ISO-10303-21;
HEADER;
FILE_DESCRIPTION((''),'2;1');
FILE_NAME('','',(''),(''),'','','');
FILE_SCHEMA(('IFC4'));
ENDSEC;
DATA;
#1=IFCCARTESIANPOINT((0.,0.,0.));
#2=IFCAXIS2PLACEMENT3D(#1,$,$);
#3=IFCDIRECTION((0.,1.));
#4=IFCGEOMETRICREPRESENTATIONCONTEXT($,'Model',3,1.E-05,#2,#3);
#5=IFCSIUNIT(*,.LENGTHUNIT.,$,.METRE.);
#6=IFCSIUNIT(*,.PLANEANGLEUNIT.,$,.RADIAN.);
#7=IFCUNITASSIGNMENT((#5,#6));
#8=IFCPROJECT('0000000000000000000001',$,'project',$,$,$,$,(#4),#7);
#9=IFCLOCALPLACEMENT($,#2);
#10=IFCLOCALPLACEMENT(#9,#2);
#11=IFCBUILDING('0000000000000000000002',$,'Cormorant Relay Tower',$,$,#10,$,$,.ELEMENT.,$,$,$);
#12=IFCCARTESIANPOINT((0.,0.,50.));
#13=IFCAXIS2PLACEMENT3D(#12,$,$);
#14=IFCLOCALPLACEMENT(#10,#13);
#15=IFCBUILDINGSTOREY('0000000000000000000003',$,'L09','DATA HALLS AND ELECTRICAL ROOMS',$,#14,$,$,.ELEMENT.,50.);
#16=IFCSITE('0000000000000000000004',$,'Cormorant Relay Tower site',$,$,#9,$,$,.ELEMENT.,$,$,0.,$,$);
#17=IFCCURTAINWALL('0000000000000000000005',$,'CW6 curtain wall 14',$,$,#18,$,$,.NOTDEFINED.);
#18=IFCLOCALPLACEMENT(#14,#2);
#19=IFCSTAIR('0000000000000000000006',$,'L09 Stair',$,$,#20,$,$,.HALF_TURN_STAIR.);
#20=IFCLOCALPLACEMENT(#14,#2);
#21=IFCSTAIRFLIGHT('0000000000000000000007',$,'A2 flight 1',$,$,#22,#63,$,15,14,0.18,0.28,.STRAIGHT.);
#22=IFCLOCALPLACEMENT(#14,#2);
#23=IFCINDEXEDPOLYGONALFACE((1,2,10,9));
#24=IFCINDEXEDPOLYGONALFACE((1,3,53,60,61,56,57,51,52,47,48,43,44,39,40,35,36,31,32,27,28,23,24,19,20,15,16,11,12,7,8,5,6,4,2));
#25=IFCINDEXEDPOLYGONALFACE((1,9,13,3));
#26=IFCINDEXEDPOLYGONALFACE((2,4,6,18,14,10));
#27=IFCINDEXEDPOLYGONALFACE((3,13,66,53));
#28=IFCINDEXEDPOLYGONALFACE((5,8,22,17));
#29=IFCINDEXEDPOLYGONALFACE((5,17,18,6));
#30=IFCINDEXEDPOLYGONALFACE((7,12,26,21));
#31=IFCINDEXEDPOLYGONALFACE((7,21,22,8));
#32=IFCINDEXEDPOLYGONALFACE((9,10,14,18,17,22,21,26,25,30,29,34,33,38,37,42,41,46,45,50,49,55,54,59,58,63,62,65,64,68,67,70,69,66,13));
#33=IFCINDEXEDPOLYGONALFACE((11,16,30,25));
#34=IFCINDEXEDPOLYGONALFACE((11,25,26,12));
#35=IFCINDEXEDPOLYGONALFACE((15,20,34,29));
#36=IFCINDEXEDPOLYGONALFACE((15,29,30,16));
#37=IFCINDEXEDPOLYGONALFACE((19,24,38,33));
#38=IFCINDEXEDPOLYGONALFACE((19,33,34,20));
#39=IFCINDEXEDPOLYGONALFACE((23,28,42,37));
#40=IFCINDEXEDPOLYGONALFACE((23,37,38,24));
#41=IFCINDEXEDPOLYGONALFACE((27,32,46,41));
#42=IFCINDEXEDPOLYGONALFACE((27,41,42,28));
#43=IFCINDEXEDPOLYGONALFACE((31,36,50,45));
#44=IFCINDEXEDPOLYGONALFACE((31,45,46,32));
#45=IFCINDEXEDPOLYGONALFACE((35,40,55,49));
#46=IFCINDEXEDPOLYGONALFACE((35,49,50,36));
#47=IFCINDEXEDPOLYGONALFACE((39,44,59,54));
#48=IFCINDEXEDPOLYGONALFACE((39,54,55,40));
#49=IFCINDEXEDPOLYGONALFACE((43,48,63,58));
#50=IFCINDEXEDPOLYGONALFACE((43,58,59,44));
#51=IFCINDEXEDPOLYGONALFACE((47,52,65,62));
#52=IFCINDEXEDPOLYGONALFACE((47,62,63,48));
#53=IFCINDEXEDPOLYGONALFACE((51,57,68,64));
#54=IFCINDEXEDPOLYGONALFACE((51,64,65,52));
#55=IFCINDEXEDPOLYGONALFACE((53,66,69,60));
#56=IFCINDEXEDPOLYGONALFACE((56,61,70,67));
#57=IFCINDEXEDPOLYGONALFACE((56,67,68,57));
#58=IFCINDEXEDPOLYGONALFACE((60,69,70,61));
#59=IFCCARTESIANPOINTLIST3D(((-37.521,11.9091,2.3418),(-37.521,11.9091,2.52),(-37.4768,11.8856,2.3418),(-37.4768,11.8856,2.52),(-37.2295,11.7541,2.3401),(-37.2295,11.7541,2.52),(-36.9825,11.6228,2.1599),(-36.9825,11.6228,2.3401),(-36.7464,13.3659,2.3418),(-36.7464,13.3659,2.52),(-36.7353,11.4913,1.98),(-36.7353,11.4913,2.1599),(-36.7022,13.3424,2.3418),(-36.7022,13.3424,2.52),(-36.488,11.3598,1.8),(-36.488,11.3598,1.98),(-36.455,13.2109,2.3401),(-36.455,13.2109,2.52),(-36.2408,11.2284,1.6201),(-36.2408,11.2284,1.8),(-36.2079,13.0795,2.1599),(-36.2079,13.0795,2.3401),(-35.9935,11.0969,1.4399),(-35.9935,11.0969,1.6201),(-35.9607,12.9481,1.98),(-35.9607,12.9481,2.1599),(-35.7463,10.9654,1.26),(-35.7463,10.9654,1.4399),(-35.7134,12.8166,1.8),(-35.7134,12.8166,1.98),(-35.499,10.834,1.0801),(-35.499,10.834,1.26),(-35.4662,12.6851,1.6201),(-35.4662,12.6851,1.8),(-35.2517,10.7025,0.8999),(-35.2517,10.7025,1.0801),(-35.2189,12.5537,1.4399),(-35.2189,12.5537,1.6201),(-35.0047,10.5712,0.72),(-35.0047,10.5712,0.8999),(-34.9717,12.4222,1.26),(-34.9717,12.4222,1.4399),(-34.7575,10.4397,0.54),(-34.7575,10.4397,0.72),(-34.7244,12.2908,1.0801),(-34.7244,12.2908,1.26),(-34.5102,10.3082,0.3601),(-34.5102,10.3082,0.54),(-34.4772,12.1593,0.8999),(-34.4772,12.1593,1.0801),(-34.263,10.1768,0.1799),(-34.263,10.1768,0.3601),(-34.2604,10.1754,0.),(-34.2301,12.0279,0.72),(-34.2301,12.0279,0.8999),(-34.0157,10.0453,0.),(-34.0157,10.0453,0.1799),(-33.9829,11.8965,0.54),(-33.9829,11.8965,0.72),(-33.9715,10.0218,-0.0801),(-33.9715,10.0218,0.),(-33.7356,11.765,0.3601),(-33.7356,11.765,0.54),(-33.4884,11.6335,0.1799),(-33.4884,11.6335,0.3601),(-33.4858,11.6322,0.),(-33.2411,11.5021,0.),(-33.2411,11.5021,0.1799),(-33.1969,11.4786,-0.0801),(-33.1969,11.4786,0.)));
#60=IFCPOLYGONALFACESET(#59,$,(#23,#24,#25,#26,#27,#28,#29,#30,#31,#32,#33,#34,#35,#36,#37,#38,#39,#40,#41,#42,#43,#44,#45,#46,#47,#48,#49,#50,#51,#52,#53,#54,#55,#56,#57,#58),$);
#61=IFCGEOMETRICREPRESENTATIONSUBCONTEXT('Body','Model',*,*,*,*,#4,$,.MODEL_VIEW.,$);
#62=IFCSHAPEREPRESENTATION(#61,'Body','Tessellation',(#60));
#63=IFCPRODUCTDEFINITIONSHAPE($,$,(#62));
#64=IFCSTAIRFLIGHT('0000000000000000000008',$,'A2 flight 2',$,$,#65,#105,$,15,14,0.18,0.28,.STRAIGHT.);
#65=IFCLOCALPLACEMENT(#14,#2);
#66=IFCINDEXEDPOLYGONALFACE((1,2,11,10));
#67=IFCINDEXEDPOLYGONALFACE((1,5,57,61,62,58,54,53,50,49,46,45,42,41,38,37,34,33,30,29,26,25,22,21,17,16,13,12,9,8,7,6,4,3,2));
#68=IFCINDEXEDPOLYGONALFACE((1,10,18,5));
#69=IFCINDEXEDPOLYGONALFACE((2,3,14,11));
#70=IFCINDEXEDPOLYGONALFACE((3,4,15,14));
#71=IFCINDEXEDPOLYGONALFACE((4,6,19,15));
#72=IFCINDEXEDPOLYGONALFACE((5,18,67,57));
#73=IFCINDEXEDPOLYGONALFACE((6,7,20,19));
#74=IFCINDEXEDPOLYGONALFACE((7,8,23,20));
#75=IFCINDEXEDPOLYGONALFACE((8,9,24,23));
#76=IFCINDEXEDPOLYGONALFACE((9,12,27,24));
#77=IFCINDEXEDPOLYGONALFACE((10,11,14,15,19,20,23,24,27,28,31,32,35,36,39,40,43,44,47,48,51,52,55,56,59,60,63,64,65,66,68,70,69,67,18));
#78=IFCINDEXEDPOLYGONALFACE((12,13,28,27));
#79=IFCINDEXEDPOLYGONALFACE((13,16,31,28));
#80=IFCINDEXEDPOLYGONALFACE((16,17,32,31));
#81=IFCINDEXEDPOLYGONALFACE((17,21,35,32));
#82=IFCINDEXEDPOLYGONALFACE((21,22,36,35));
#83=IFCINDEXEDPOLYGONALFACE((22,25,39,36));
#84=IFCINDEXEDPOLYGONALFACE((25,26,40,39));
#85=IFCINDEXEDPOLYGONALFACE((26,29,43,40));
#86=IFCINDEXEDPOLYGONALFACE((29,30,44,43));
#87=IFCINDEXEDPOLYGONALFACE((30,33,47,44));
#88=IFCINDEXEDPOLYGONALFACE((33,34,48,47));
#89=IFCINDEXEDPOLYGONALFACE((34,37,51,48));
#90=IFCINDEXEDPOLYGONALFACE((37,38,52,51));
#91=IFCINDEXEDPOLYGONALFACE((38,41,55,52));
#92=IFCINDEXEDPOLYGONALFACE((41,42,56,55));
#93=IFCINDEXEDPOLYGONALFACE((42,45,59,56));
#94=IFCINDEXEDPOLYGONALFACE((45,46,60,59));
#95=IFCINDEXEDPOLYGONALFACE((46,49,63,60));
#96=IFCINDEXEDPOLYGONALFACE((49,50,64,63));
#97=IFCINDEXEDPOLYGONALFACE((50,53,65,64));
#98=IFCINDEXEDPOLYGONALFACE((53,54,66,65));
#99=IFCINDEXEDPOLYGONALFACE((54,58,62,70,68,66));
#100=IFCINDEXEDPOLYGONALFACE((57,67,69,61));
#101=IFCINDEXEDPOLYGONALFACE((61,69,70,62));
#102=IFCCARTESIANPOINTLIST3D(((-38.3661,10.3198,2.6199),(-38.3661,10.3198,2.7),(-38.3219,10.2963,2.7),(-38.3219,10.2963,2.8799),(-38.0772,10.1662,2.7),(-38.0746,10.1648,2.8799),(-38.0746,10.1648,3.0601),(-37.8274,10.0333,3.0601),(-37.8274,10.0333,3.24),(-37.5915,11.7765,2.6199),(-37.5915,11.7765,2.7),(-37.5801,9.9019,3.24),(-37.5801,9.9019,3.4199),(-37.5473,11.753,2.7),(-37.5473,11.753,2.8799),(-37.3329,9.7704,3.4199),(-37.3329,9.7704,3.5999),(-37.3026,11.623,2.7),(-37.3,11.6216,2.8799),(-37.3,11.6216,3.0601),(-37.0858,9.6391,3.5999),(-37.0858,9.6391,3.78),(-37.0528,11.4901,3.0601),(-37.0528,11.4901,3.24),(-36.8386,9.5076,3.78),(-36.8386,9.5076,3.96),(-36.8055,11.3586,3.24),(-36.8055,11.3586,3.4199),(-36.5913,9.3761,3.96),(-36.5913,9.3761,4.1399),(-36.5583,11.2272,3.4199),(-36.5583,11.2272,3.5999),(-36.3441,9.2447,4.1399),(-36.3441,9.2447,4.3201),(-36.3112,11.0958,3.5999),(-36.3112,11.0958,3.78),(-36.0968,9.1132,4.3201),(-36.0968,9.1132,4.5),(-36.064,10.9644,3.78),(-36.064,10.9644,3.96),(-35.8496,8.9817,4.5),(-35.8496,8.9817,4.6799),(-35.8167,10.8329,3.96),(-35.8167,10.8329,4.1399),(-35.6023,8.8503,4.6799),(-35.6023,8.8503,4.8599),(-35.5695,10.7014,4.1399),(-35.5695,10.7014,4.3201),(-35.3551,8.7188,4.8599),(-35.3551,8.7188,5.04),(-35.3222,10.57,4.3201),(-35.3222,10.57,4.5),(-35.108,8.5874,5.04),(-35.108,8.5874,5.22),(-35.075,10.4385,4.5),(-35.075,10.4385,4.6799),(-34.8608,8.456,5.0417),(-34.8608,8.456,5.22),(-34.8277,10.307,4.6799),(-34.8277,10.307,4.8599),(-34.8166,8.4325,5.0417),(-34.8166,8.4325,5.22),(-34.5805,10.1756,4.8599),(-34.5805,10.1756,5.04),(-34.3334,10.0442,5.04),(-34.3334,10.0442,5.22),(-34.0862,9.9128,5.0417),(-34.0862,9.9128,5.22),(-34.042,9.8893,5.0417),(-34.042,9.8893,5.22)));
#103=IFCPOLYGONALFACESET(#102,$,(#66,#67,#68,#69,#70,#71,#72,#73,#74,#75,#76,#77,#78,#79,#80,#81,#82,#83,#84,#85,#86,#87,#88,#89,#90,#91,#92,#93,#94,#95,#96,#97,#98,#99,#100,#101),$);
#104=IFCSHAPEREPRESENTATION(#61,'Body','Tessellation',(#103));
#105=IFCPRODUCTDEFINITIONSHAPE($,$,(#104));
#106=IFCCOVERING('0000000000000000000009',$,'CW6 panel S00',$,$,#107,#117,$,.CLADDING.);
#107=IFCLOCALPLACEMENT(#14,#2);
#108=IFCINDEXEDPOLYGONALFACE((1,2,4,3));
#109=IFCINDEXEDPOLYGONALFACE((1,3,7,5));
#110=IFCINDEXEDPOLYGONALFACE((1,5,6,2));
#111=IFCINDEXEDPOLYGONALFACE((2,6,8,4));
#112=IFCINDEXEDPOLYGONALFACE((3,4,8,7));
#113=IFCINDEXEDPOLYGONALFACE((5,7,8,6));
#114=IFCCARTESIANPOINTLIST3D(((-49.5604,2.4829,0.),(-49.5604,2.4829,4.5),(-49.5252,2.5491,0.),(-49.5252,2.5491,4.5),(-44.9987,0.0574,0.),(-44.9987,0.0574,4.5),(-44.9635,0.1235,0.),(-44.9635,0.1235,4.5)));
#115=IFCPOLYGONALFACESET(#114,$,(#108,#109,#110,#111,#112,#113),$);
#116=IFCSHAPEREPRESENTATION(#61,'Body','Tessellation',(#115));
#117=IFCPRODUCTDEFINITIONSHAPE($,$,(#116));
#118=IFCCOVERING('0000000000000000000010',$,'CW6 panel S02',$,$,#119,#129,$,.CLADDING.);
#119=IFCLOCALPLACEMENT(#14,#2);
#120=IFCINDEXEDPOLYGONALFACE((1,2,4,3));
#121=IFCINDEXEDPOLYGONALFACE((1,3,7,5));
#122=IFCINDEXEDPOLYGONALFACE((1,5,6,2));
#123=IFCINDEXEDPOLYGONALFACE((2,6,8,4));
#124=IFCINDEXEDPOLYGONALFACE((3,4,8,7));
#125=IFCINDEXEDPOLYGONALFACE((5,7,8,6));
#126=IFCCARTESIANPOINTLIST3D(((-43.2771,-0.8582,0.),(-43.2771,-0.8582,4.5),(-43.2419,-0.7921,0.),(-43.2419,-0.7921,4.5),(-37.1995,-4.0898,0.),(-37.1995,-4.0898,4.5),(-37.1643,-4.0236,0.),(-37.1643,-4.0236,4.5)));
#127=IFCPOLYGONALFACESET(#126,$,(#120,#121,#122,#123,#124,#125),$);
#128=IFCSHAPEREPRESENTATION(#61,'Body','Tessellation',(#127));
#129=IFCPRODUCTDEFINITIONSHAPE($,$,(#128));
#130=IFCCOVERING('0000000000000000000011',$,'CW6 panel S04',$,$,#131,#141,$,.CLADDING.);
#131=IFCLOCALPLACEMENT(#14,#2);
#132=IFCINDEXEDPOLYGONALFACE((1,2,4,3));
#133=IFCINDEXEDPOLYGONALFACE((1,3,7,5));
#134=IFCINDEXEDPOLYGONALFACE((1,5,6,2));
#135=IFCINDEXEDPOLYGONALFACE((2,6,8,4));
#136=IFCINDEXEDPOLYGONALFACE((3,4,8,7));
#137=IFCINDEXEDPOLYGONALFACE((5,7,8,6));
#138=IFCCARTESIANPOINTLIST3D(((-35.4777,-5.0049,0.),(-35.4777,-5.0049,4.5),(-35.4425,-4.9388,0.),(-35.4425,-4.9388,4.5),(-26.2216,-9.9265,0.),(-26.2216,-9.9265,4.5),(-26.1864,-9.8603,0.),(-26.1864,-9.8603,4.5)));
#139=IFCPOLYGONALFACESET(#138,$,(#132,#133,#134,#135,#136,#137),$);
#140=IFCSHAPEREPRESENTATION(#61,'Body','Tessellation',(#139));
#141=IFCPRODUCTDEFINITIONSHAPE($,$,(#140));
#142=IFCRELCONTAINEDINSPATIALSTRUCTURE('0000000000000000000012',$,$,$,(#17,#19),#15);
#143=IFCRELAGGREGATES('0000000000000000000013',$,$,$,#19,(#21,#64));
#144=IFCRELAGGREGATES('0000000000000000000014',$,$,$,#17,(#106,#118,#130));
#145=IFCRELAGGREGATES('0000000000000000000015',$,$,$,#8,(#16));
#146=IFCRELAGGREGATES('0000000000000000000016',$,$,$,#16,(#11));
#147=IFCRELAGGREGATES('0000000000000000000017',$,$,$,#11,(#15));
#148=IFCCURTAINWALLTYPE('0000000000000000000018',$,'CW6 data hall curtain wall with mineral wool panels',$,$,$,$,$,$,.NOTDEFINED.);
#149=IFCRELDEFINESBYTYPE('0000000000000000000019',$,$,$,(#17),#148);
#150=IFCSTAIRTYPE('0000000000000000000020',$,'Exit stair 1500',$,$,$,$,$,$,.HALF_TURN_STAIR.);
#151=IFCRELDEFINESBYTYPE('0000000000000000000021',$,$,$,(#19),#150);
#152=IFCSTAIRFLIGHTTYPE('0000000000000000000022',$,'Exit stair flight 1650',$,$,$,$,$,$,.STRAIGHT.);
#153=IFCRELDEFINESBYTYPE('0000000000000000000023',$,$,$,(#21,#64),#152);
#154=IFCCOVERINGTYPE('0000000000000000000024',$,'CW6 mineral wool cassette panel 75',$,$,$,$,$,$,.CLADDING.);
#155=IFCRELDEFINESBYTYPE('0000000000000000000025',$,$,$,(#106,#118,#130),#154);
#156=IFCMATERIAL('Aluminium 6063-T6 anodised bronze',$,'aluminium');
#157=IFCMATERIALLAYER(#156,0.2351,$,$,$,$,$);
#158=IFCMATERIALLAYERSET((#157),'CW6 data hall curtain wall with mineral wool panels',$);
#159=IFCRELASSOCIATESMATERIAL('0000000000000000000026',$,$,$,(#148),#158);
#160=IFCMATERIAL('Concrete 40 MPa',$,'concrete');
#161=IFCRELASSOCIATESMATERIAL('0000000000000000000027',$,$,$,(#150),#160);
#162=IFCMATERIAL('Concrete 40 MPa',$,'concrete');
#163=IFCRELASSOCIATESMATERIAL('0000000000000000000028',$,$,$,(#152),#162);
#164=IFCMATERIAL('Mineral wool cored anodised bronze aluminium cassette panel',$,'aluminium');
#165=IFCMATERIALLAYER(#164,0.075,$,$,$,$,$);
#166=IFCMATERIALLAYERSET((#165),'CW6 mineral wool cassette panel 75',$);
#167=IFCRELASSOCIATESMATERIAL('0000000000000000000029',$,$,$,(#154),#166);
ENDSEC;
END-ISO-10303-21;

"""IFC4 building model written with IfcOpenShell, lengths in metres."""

from ifc_helpers import new_model, si_unit, direction, frame, origin, origin_2d, place, context, subcontext, project, spatial, polyline, rectangle, outline, extrude, material, layer, layer_set, type_object, element, aggregate, save


model = new_model("IFC4")

# Units and contexts
model_context = context("Model", 3, precision=1e-05, world=origin(), true_north=direction((0.0, 1.0)))
body_context = subcontext(model_context, "Body", "Model", "MODEL_VIEW")
ifc_project = project(units=[si_unit("LENGTHUNIT", "METRE"), si_unit("PLANEANGLEUNIT", "RADIAN")], contexts=[model_context])

# Site, building, storey
site_placement = place(None, origin())
site = spatial("IfcSite", under=ifc_project, at=site_placement, Name="Cormorant Relay Tower site", CompositionType="ELEMENT", RefElevation=0.0)
building_placement = place(site_placement, origin())
building = spatial("IfcBuilding", under=site, at=building_placement, Name="Cormorant Relay Tower", CompositionType="ELEMENT")
storey_placement = place(building_placement, frame((0.0, 0.0, 50.0)))
storey = spatial("IfcBuildingStorey", under=building, at=storey_placement, Name="L09", Description="DATA HALLS AND ELECTRICAL ROOMS", CompositionType="ELEMENT", Elevation=50.0)

# Curtain wall
ifc_material_1 = material(Name="Aluminium 6063-T6 anodised bronze", Category="aluminium")
ifc_layer_1 = layer(ifc_material_1, 0.2351)
ifc_layer_set_1 = layer_set([ifc_layer_1], Name="CW6 data hall curtain wall with mineral wool panels")
curtain_wall_type = type_object("IfcCurtainWallType", Name="CW6 data hall curtain wall with mineral wool panels", PredefinedType="NOTDEFINED", material=ifc_layer_set_1)
curtain_wall_placement = place(storey_placement, origin())
curtain_wall = element("IfcCurtainWall", 1, at=curtain_wall_placement, inside=storey, type_object=curtain_wall_type, Name="CW6 curtain wall 14", PredefinedType="NOTDEFINED")

# Stair, stair flights
ifc_material_2 = material(Name="Concrete 40 MPa", Category="concrete")
stair_type = type_object("IfcStairType", Name="Exit stair 1500", PredefinedType="HALF_TURN_STAIR", material=ifc_material_2)
stair_placement = place(storey_placement, origin())
stair = element("IfcStair", 2, at=stair_placement, inside=storey, type_object=stair_type, Name="L09 Stair", PredefinedType="HALF_TURN_STAIR")
ifc_material_3 = material(Name="Concrete 40 MPa", Category="concrete")
stair_flight_type = type_object("IfcStairFlightType", Name="Exit stair flight 1650", PredefinedType="STRAIGHT", material=ifc_material_3)
stair_flight_1_placement = place(storey_placement, frame((-33.6284, 10.7737, 0.0), z_axis=(0.0, 0.0, 1.0), x_axis=(-0.882948, 0.469472, 0.0)))
stair_flight_1 = element("IfcStairFlight", 3, at=stair_flight_1_placement, type_object=stair_flight_type, Name="A2 flight 1", NumberOfRisers=15, NumberOfTreads=14, PredefinedType="STRAIGHT", RiserHeight=0.18, TreadLength=0.28, context=body_context, shape_type="SweptSolid", body=[
    extrude(outline(polyline([(-0.05, -0.0801), (-0.05, 0.0), (0.0, 0.0), (0.0, 0.1799), (0.28, 0.1799), (0.28, 0.3601), (0.5601, 0.3601), (0.5601, 0.54), (0.8401, 0.54), (0.8401, 0.72), (1.1201, 0.72), (1.1201, 0.8999), (1.3999, 0.8999), (1.3999, 1.0801), (1.6799, 1.0801), (1.6799, 1.26), (1.96, 1.26), (1.96, 1.4399), (2.24, 1.4399), (2.24, 1.6201), (2.52, 1.6201), (2.52, 1.8), (2.8, 1.8), (2.8, 1.98), (3.0801, 1.98), (3.0801, 2.1599), (3.3601, 2.1599), (3.3601, 2.3401), (3.6399, 2.3401), (3.6399, 2.52), (3.9199, 2.52), (3.97, 2.52), (3.97, 2.3418), (3.9199, 2.3418), (0.2771, 0.0), (-0.05, -0.0801)])), frame((0.0, 0.825, 0.0), z_axis=(0.0, -1.0, 0.0), x_axis=(1.0, 0.0, 0.0)), (0.0, 0.0, 1.0), 1.6499),
])
stair_flight_2_placement = place(storey_placement, frame((-37.9346, 11.0247, 2.7), z_axis=(0.0, 0.0, 1.0), x_axis=(0.882948, -0.469472, 0.0)))
stair_flight_2 = element("IfcStairFlight", 4, at=stair_flight_2_placement, type_object=stair_flight_type, Name="A2 flight 2", NumberOfRisers=15, NumberOfTreads=14, PredefinedType="STRAIGHT", RiserHeight=0.18, TreadLength=0.28, context=body_context, shape_type="SweptSolid", body=[
    extrude(outline(polyline([(-0.05, -0.0801), (-0.05, 0.0), (0.0, 0.0), (0.0, 0.1799), (0.28, 0.1799), (0.28, 0.3601), (0.5601, 0.3601), (0.5601, 0.54), (0.8401, 0.54), (0.8401, 0.72), (1.1201, 0.72), (1.1201, 0.8999), (1.3999, 0.8999), (1.3999, 1.0801), (1.6799, 1.0801), (1.6799, 1.26), (1.96, 1.26), (1.96, 1.4399), (2.24, 1.4399), (2.24, 1.6201), (2.52, 1.6201), (2.52, 1.8), (2.8, 1.8), (2.8, 1.98), (3.0801, 1.98), (3.0801, 2.1599), (3.3601, 2.1599), (3.3601, 2.3401), (3.6399, 2.3401), (3.6399, 2.52), (3.9199, 2.52), (3.97, 2.52), (3.97, 2.3418), (3.9199, 2.3418), (0.2771, 0.0), (-0.05, -0.0801)])), frame((0.0, 0.825, 0.0), z_axis=(0.0, -1.0, 0.0), x_axis=(1.0, 0.0, 0.0)), (0.0, 0.0, 1.0), 1.6499),
])
aggregate(stair, [stair_flight_1, stair_flight_2])

# Coverings
ifc_material_4 = material(Name="Mineral wool cored anodised bronze aluminium cassette panel", Category="aluminium")
ifc_layer_2 = layer(ifc_material_4, 0.075)
ifc_layer_set_2 = layer_set([ifc_layer_2], Name="CW6 mineral wool cassette panel 75")
covering_type = type_object("IfcCoveringType", Name="CW6 mineral wool cassette panel 75", PredefinedType="CLADDING", material=ifc_layer_set_2)
covering_1_placement = place(storey_placement, frame((-47.262, 1.3032, 0.0), z_axis=(0.0, 0.0, 1.0), x_axis=(0.882948, -0.469472, 0.0)))
covering_1 = element("IfcCovering", 5, at=covering_1_placement, type_object=covering_type, Name="CW6 panel S00", PredefinedType="CLADDING", context=body_context, shape_type="SweptSolid", body=[
    extrude(rectangle(XDim=5.1665, YDim=0.075, at=origin_2d()), origin(), (0.0, 0.0, 1.0), 4.5),
])
covering_2_placement = place(storey_placement, frame((-40.2207, -2.4409, 0.0), z_axis=(0.0, 0.0, 1.0), x_axis=(0.882948, -0.469472, 0.0)))
covering_2 = element("IfcCovering", 6, at=covering_2_placement, type_object=covering_type, Name="CW6 panel S02", PredefinedType="CLADDING", context=body_context, shape_type="SweptSolid", body=[
    extrude(rectangle(XDim=6.8833, YDim=0.075, at=origin_2d()), origin(), (0.0, 0.0, 1.0), 4.5),
])
covering_3_placement = place(storey_placement, frame((-30.832, -7.4326, 0.0), z_axis=(0.0, 0.0, 1.0), x_axis=(0.882948, -0.469472, 0.0)))
covering_3 = element("IfcCovering", 7, at=covering_3_placement, type_object=covering_type, Name="CW6 panel S04", PredefinedType="CLADDING", context=body_context, shape_type="SweptSolid", body=[
    extrude(rectangle(XDim=10.4832, YDim=0.075, at=origin_2d()), origin(), (0.0, 0.0, 1.0), 4.5),
])
aggregate(curtain_wall, [covering_1, covering_2, covering_3])

save(model, "model.ifc")
